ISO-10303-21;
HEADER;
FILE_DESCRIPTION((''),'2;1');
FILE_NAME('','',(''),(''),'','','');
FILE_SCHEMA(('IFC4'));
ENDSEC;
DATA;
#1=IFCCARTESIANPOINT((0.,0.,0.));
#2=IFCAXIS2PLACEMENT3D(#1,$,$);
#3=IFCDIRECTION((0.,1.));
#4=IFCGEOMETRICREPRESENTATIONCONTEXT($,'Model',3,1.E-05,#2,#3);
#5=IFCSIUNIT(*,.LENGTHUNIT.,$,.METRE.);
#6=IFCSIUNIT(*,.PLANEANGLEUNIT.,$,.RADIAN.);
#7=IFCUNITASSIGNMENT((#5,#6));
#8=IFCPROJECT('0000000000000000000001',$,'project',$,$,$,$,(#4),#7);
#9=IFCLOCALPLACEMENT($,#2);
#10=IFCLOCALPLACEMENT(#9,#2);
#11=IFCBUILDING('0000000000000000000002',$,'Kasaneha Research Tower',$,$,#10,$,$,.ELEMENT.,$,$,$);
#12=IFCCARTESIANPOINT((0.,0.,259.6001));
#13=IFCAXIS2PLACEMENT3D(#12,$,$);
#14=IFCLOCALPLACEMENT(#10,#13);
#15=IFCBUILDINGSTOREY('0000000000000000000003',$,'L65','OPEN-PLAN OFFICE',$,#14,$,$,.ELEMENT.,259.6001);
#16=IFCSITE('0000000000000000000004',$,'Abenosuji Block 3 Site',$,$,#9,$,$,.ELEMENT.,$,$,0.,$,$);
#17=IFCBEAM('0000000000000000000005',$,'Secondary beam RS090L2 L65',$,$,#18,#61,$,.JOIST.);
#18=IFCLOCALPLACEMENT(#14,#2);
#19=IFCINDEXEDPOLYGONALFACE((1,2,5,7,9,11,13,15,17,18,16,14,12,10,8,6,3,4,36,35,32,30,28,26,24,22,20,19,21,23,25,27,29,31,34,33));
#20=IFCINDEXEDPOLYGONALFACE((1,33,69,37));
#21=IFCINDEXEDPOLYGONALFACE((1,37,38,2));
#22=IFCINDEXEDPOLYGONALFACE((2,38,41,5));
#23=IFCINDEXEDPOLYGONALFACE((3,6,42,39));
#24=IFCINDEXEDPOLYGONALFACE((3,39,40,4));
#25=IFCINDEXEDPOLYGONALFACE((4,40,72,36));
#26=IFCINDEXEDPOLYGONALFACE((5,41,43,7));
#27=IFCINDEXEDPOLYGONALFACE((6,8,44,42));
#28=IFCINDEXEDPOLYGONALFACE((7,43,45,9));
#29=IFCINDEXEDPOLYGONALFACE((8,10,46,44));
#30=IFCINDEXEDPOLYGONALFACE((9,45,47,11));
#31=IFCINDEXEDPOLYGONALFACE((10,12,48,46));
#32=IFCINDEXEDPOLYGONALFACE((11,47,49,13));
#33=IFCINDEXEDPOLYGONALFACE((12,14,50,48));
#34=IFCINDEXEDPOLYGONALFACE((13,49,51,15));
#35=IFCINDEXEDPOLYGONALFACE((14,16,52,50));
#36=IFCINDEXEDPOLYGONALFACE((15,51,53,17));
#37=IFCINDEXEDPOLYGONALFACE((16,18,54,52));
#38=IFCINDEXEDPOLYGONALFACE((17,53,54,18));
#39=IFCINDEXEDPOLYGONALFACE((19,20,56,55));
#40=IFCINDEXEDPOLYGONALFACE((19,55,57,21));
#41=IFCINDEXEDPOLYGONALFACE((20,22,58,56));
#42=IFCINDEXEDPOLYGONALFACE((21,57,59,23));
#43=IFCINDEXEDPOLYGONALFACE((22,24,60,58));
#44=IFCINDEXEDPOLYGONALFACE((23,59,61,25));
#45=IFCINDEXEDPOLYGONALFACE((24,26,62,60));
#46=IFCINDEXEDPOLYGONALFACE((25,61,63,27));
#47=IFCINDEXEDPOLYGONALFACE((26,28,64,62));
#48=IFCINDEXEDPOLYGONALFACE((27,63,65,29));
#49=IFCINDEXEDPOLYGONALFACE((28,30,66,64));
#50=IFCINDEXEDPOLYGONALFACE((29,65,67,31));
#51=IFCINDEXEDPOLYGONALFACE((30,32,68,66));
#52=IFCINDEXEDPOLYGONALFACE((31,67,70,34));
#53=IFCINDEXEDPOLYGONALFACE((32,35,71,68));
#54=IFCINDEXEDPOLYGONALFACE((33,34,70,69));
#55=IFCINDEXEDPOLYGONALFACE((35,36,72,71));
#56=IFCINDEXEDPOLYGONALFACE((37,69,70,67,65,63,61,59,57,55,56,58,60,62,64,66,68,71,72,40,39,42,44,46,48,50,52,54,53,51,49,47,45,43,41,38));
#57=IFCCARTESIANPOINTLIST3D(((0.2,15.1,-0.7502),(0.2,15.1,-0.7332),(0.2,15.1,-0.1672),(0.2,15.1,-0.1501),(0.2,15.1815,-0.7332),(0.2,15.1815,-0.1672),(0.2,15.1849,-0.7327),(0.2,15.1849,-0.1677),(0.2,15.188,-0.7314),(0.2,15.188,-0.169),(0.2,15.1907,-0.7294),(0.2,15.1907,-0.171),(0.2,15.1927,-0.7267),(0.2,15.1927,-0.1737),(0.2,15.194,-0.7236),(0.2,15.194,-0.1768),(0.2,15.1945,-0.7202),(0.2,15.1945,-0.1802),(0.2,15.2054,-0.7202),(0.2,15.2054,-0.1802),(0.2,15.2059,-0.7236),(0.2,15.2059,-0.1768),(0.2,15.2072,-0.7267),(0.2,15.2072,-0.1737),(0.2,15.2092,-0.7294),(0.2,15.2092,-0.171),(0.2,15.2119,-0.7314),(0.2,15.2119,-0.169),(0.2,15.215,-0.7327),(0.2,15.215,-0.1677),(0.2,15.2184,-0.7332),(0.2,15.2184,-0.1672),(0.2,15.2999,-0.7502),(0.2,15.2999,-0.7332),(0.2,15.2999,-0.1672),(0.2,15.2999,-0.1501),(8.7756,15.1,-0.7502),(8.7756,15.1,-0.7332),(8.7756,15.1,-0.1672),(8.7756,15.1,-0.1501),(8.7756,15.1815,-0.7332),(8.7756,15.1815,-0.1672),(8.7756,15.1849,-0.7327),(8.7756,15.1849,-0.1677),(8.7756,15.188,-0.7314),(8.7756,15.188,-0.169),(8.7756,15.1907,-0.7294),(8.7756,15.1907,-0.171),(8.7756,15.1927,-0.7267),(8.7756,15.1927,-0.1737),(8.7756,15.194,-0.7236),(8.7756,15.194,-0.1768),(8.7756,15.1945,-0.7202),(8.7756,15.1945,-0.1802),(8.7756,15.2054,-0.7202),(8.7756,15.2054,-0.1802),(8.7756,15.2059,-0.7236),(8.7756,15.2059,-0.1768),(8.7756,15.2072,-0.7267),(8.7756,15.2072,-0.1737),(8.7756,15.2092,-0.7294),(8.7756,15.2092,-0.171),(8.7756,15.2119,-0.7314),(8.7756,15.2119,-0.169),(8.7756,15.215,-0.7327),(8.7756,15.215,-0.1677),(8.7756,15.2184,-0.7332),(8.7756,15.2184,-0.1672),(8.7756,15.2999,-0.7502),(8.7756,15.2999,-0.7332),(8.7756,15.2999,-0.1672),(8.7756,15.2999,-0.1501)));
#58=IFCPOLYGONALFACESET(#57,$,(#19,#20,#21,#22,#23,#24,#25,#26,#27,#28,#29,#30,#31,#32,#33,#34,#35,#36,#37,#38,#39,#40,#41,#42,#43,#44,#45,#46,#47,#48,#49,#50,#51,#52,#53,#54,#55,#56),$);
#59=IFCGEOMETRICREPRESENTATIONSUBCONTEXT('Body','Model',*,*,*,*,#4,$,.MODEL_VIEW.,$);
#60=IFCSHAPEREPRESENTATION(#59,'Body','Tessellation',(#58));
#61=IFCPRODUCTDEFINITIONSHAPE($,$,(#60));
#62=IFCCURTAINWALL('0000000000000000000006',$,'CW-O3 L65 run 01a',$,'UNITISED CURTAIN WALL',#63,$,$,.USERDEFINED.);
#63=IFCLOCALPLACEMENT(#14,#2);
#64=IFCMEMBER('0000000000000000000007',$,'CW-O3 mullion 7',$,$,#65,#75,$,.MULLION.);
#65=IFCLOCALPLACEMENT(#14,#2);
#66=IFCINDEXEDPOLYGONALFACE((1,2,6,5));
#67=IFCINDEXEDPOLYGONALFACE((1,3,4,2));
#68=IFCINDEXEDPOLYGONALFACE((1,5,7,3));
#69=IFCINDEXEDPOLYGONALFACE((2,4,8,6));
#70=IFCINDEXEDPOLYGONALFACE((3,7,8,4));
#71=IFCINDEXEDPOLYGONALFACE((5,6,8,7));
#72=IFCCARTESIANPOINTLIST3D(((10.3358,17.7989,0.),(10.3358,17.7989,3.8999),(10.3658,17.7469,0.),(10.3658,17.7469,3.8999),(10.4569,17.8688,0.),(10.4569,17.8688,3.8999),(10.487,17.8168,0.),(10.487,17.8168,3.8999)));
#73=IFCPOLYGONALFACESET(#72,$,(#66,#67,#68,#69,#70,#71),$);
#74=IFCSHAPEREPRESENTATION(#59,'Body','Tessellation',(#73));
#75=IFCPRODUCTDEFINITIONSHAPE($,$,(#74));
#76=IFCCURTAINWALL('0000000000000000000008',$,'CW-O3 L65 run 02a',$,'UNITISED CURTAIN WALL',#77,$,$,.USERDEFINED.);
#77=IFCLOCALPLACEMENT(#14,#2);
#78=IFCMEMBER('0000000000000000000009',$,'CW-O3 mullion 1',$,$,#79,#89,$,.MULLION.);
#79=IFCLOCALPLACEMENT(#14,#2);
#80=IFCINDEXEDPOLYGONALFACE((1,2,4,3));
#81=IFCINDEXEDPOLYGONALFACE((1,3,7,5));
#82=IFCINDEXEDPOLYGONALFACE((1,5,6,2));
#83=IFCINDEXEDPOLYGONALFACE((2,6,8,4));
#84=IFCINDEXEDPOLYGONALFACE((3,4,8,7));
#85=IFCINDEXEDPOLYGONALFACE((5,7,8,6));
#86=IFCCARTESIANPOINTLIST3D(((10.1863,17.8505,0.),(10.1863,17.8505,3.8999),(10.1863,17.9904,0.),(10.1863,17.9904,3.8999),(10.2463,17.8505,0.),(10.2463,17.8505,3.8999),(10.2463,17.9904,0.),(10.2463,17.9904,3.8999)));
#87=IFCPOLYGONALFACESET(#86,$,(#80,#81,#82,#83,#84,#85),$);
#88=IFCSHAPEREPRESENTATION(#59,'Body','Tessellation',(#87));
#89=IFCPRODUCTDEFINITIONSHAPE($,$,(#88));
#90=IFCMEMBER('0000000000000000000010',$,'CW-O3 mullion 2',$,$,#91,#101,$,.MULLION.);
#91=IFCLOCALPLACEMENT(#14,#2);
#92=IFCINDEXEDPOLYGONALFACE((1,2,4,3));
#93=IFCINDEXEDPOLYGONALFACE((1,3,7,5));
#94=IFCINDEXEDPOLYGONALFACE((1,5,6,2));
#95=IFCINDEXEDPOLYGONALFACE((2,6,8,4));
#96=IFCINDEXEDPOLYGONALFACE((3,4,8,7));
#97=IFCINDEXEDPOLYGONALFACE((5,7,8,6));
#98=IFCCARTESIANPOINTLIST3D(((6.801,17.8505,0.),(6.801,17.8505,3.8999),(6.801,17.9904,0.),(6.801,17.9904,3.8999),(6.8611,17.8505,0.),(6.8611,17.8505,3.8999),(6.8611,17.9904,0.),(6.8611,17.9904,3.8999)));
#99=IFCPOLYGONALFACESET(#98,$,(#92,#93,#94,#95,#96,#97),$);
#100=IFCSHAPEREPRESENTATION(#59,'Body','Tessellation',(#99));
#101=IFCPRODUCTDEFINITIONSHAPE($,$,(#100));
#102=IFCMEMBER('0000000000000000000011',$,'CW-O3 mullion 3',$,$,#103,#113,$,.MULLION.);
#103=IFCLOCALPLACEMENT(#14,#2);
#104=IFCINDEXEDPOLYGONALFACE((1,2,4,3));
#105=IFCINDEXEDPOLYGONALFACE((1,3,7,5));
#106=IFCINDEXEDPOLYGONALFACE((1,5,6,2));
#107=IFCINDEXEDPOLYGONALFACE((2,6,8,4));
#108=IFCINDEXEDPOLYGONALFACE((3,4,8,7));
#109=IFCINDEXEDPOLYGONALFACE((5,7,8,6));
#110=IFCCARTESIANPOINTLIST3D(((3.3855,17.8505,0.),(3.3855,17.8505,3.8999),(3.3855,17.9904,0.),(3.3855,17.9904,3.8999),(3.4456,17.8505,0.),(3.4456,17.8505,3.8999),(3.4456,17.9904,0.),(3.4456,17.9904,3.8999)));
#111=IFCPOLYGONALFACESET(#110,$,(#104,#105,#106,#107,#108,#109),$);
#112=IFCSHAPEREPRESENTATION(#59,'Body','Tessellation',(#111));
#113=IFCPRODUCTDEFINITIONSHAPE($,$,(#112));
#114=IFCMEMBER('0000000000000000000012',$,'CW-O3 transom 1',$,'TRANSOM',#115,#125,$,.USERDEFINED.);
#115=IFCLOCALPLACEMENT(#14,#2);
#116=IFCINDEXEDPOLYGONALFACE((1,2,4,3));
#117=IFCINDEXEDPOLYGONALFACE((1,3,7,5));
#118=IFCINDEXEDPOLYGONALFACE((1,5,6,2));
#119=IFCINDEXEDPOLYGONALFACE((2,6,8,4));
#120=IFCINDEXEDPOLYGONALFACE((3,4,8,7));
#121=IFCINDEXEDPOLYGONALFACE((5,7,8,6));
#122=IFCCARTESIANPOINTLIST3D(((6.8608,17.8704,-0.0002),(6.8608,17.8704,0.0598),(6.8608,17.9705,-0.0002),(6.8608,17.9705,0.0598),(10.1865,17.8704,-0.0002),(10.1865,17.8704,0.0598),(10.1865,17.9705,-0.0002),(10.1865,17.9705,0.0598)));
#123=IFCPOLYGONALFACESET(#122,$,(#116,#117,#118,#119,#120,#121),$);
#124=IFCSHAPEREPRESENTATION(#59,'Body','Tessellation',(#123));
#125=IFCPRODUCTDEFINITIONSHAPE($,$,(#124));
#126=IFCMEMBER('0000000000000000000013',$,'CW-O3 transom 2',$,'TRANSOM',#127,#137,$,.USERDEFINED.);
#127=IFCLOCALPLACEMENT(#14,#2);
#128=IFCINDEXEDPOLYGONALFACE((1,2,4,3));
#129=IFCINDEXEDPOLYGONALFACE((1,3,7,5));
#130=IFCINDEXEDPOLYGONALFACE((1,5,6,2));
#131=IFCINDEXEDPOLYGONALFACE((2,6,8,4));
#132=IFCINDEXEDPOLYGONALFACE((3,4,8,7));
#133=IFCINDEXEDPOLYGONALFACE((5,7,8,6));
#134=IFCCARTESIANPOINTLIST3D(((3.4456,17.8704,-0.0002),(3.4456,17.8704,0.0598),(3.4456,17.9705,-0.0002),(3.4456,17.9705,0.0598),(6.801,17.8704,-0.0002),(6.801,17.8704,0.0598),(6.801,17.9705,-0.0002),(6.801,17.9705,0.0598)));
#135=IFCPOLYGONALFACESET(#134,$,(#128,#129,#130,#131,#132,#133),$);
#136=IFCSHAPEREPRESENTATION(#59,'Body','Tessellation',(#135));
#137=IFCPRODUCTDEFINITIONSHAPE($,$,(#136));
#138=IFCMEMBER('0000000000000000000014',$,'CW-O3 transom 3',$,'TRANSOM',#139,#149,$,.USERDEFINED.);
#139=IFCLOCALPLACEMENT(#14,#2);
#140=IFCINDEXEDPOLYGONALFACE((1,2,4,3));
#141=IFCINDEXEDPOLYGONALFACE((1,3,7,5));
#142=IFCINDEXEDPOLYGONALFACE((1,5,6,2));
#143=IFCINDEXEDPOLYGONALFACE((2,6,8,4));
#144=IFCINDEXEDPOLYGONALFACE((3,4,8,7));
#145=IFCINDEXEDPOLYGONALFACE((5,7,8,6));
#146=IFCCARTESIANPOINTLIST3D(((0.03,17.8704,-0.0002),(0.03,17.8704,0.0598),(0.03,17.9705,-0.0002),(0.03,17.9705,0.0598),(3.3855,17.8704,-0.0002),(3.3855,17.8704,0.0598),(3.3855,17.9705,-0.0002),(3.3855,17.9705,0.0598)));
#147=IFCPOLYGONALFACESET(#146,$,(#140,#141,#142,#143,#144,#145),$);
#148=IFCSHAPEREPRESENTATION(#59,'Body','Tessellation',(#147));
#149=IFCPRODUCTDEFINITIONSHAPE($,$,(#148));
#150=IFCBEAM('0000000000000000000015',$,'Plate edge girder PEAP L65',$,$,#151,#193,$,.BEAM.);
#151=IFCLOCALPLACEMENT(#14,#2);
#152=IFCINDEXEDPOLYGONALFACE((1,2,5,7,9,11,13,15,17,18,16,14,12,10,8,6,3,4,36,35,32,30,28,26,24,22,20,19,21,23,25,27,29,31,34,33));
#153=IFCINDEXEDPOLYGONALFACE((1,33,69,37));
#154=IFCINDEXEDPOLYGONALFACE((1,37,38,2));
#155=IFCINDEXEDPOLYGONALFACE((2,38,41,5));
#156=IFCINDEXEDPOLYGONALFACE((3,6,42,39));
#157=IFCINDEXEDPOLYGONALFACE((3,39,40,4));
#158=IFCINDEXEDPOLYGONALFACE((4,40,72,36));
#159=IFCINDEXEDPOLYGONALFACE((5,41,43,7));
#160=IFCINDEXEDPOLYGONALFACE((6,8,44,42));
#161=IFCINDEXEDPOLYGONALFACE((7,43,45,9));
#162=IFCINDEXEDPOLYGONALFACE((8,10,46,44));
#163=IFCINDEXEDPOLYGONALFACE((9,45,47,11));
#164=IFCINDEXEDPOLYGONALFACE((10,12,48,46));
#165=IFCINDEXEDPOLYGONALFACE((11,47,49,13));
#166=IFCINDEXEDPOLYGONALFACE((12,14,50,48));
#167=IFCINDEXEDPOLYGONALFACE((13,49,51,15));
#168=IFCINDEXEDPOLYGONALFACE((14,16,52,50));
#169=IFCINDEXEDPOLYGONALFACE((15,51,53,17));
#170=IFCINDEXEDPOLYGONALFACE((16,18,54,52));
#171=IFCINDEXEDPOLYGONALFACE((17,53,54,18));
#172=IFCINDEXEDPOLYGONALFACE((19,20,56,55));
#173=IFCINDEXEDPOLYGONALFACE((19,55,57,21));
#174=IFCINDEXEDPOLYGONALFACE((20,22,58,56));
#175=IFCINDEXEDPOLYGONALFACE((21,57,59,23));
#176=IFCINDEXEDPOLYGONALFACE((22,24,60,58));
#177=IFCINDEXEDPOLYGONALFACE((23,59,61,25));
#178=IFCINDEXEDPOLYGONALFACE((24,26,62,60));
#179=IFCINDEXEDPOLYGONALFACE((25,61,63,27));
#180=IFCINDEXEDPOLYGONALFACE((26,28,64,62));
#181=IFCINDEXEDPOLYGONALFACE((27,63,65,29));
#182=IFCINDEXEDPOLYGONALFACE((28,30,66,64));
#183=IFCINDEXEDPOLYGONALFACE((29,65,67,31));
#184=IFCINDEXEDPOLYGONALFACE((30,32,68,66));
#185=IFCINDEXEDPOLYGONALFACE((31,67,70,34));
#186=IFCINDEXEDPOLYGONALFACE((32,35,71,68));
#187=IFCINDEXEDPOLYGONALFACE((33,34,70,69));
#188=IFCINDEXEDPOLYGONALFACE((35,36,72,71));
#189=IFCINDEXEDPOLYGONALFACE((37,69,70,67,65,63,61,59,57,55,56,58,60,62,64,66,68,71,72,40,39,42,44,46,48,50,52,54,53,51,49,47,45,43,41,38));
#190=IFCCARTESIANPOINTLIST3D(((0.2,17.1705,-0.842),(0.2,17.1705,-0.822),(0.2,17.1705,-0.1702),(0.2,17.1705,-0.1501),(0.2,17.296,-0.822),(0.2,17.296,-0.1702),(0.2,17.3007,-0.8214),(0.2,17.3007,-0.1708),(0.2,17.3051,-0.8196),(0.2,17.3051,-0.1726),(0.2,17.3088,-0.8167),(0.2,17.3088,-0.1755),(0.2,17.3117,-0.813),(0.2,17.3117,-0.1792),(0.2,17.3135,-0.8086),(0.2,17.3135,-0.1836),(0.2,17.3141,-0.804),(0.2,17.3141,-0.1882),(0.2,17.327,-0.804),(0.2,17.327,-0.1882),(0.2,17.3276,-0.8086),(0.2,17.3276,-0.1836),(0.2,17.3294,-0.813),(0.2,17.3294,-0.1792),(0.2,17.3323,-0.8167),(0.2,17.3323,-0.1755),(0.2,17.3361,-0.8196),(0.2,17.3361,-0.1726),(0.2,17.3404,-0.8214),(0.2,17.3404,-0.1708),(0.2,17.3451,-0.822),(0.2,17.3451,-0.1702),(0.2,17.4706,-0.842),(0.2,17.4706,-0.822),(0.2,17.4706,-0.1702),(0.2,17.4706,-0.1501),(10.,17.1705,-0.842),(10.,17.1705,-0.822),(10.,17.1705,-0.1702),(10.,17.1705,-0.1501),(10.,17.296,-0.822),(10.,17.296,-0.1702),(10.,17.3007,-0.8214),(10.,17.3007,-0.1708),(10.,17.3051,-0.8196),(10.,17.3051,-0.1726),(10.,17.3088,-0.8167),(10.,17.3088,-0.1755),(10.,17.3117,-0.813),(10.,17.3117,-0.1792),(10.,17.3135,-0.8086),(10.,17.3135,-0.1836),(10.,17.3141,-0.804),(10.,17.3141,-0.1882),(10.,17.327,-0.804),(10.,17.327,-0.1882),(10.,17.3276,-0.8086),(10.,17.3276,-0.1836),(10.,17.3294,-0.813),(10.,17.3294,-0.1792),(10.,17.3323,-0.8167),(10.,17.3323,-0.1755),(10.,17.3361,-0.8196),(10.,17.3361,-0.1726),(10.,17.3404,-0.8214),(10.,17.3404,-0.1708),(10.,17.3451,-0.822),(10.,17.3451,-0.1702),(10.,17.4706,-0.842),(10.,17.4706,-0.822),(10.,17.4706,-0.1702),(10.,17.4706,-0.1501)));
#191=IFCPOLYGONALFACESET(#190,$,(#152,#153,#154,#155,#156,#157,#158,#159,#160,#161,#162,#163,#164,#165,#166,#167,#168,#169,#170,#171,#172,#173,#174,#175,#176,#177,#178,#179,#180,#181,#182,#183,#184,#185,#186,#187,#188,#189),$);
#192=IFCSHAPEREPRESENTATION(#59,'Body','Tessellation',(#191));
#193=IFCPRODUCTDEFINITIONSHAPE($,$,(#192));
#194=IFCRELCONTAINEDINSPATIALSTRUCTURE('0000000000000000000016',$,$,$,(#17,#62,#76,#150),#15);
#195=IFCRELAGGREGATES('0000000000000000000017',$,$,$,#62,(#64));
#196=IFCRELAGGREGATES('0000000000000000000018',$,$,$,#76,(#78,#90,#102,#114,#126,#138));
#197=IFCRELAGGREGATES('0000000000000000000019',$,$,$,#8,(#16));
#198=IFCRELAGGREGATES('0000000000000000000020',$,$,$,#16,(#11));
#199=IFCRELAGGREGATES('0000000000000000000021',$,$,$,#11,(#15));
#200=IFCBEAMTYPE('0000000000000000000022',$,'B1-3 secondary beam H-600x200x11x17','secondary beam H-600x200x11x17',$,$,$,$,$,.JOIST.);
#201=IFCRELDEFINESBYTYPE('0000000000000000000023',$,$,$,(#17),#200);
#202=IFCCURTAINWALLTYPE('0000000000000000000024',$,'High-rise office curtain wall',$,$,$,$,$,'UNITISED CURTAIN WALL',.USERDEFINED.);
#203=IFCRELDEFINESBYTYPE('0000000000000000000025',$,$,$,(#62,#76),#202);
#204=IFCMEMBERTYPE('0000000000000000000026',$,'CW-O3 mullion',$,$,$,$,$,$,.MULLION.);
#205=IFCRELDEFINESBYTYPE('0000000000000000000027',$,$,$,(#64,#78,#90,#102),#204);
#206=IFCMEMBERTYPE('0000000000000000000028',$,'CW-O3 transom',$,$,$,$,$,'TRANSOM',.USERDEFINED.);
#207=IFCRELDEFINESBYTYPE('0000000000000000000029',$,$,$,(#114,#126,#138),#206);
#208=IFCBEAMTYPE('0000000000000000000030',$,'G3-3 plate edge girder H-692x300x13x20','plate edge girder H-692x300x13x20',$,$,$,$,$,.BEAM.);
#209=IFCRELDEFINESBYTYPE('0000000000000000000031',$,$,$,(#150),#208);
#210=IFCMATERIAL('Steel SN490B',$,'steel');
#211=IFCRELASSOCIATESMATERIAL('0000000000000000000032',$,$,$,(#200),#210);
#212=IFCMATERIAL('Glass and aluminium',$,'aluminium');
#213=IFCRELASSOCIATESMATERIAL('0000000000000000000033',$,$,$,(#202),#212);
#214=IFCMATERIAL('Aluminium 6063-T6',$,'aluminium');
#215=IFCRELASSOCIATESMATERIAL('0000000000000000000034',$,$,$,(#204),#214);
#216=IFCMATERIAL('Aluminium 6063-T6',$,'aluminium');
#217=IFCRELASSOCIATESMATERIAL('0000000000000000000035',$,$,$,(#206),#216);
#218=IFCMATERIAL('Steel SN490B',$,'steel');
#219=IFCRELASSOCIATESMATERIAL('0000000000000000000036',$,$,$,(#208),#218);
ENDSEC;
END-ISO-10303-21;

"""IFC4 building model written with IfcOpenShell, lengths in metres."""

from ifc_helpers import new_model, si_unit, direction, frame, origin, origin_2d, place, context, subcontext, project, spatial, rectangle, i_section, extrude, material, material_profile, profile_set, type_object, element, aggregate, save


model = new_model("IFC4")

# Units and contexts
model_context = context("Model", 3, precision=1e-05, world=origin(), true_north=direction((0.0, 1.0)))
body_context = subcontext(model_context, "Body", "Model", "MODEL_VIEW")
ifc_project = project(units=[si_unit("LENGTHUNIT", "METRE"), si_unit("PLANEANGLEUNIT", "RADIAN")], contexts=[model_context])

# Site, building, storey
site_placement = place(None, origin())
site = spatial("IfcSite", under=ifc_project, at=site_placement, Name="Abenosuji Block 3 Site", CompositionType="ELEMENT", RefElevation=0.0)
building_placement = place(site_placement, origin())
building = spatial("IfcBuilding", under=site, at=building_placement, Name="Kasaneha Research Tower", CompositionType="ELEMENT")
storey_placement = place(building_placement, frame((0.0, 0.0, 259.6001)))
storey = spatial("IfcBuildingStorey", under=building, at=storey_placement, Name="L65", Description="OPEN-PLAN OFFICE", CompositionType="ELEMENT", Elevation=259.6001)

# Beam
ifc_material_1 = material(Name="Steel SN490B", Category="steel")
ifc_material_profile_1 = material_profile(ifc_material_1, i_section(OverallWidth=0.2, OverallDepth=0.6001, WebThickness=0.011, FlangeThickness=0.0171, FilletRadius=0.0129, at=origin_2d()), Name="H-600x200x11x17")
ifc_profile_set_1 = profile_set([ifc_material_profile_1], Name="Steel SN490B")
beam_type_1 = type_object("IfcBeamType", Name="B1-3 secondary beam H-600x200x11x17", Description="secondary beam H-600x200x11x17", PredefinedType="JOIST", material=ifc_profile_set_1)
beam_1_placement = place(storey_placement, frame((8.7756, 15.2, -0.4502), z_axis=(-1.0, 0.0, 0.0), x_axis=(0.0, -1.0, 0.0)))
element("IfcBeam", 1, at=beam_1_placement, inside=storey, type_object=beam_type_1, Name="Secondary beam RS090L2 L65", PredefinedType="JOIST", context=body_context, shape_type="SweptSolid", body=[
    extrude(i_section(OverallWidth=0.2, OverallDepth=0.6001, WebThickness=0.011, FlangeThickness=0.0171, FilletRadius=0.0129, at=origin_2d()), origin(), (0.0, 0.0, 1.0), 8.5757),
])

# Curtain wall, member
ifc_material_2 = material(Name="Glass and aluminium", Category="aluminium")
curtain_wall_type = type_object("IfcCurtainWallType", Name="High-rise office curtain wall", ElementType="UNITISED CURTAIN WALL", PredefinedType="USERDEFINED", material=ifc_material_2)
curtain_wall_1_placement = place(storey_placement, origin())
curtain_wall_1 = element("IfcCurtainWall", 2, at=curtain_wall_1_placement, inside=storey, type_object=curtain_wall_type, Name="CW-O3 L65 run 01a", ObjectType="UNITISED CURTAIN WALL", PredefinedType="USERDEFINED")
ifc_material_3 = material(Name="Aluminium 6063-T6", Category="aluminium")
ifc_material_profile_2 = material_profile(ifc_material_3, rectangle(XDim=0.0601, YDim=0.1399, at=origin_2d()), Name="CW-O3 mullion 60x140")
ifc_profile_set_2 = profile_set([ifc_material_profile_2], Name="Aluminium 6063-T6")
member_type_1 = type_object("IfcMemberType", Name="CW-O3 mullion", PredefinedType="MULLION", material=ifc_profile_set_2)
member_1_placement = place(storey_placement, frame((10.4114, 17.8079, 0.0), z_axis=(0.0, 0.0, 1.0), x_axis=(-0.5, 0.866025, 0.0)))
member_1 = element("IfcMember", 3, at=member_1_placement, type_object=member_type_1, Name="CW-O3 mullion 7", PredefinedType="MULLION", context=body_context, shape_type="SweptSolid", body=[
    extrude(rectangle(XDim=0.0601, YDim=0.1399, at=origin_2d()), origin(), (0.0, 0.0, 1.0), 3.8999),
])

# Curtain wall, members
curtain_wall_2_placement = place(storey_placement, origin())
curtain_wall_2 = element("IfcCurtainWall", 4, at=curtain_wall_2_placement, inside=storey, type_object=curtain_wall_type, Name="CW-O3 L65 run 02a", ObjectType="UNITISED CURTAIN WALL", PredefinedType="USERDEFINED")
member_2_placement = place(storey_placement, frame((10.2163, 17.9204, 0.0), z_axis=(0.0, 0.0, 1.0), x_axis=(-1.0, 0.0, 0.0)))
member_2 = element("IfcMember", 5, at=member_2_placement, type_object=member_type_1, Name="CW-O3 mullion 1", PredefinedType="MULLION", context=body_context, shape_type="SweptSolid", body=[
    extrude(rectangle(XDim=0.0601, YDim=0.1399, at=origin_2d()), origin(), (0.0, 0.0, 1.0), 3.8999),
])
member_3_placement = place(storey_placement, frame((6.8311, 17.9204, 0.0), z_axis=(0.0, 0.0, 1.0), x_axis=(-1.0, 0.0, 0.0)))
member_3 = element("IfcMember", 6, at=member_3_placement, type_object=member_type_1, Name="CW-O3 mullion 2", PredefinedType="MULLION", context=body_context, shape_type="SweptSolid", body=[
    extrude(rectangle(XDim=0.0601, YDim=0.1399, at=origin_2d()), origin(), (0.0, 0.0, 1.0), 3.8999),
])
member_4_placement = place(storey_placement, frame((3.4155, 17.9204, 0.0), z_axis=(0.0, 0.0, 1.0), x_axis=(-1.0, 0.0, 0.0)))
member_4 = element("IfcMember", 7, at=member_4_placement, type_object=member_type_1, Name="CW-O3 mullion 3", PredefinedType="MULLION", context=body_context, shape_type="SweptSolid", body=[
    extrude(rectangle(XDim=0.0601, YDim=0.1399, at=origin_2d()), origin(), (0.0, 0.0, 1.0), 3.8999),
])
ifc_material_4 = material(Name="Aluminium 6063-T6", Category="aluminium")
ifc_material_profile_3 = material_profile(ifc_material_4, rectangle(XDim=0.1001, YDim=0.0601, at=origin_2d()), Name="CW-O3 transom 100x60")
ifc_profile_set_3 = profile_set([ifc_material_profile_3], Name="Aluminium 6063-T6")
member_type_2 = type_object("IfcMemberType", Name="CW-O3 transom", ElementType="TRANSOM", PredefinedType="USERDEFINED", material=ifc_profile_set_3)
member_5_placement = place(storey_placement, frame((10.1865, 17.9204, 0.0298), z_axis=(-1.0, 0.0, 0.0), x_axis=(0.0, -1.0, 0.0)))
member_5 = element("IfcMember", 8, at=member_5_placement, type_object=member_type_2, Name="CW-O3 transom 1", ObjectType="TRANSOM", PredefinedType="USERDEFINED", context=body_context, shape_type="SweptSolid", body=[
    extrude(rectangle(XDim=0.1001, YDim=0.0601, at=origin_2d()), origin(), (0.0, 0.0, 1.0), 3.3257),
])
member_6_placement = place(storey_placement, frame((6.801, 17.9204, 0.0298), z_axis=(-1.0, 0.0, 0.0), x_axis=(0.0, -1.0, 0.0)))
member_6 = element("IfcMember", 9, at=member_6_placement, type_object=member_type_2, Name="CW-O3 transom 2", ObjectType="TRANSOM", PredefinedType="USERDEFINED", context=body_context, shape_type="SweptSolid", body=[
    extrude(rectangle(XDim=0.1001, YDim=0.0601, at=origin_2d()), origin(), (0.0, 0.0, 1.0), 3.3555),
])
member_7_placement = place(storey_placement, frame((3.3855, 17.9204, 0.0298), z_axis=(-1.0, 0.0, 0.0), x_axis=(0.0, -1.0, 0.0)))
member_7 = element("IfcMember", 10, at=member_7_placement, type_object=member_type_2, Name="CW-O3 transom 3", ObjectType="TRANSOM", PredefinedType="USERDEFINED", context=body_context, shape_type="SweptSolid", body=[
    extrude(rectangle(XDim=0.1001, YDim=0.0601, at=origin_2d()), origin(), (0.0, 0.0, 1.0), 3.3555),
])

# Beam
ifc_material_5 = material(Name="Steel SN490B", Category="steel")
ifc_material_profile_4 = material_profile(ifc_material_5, i_section(OverallWidth=0.3, OverallDepth=0.6919, WebThickness=0.0129, FlangeThickness=0.02, FilletRadius=0.0181, at=origin_2d()), Name="H-692x300x13x20")
ifc_profile_set_4 = profile_set([ifc_material_profile_4], Name="Steel SN490B")
beam_type_2 = type_object("IfcBeamType", Name="G3-3 plate edge girder H-692x300x13x20", Description="plate edge girder H-692x300x13x20", PredefinedType="BEAM", material=ifc_profile_set_4)
beam_2_placement = place(storey_placement, frame((10.0, 17.3206, -0.4961), z_axis=(-1.0, 0.0, 0.0), x_axis=(0.0, -1.0, 0.0)))
element("IfcBeam", 11, at=beam_2_placement, inside=storey, type_object=beam_type_2, Name="Plate edge girder PEAP L65", PredefinedType="BEAM", context=body_context, shape_type="SweptSolid", body=[
    extrude(i_section(OverallWidth=0.3, OverallDepth=0.6919, WebThickness=0.0129, FlangeThickness=0.02, FilletRadius=0.0181, at=origin_2d()), origin(), (0.0, 0.0, 1.0), 9.8),
])

aggregate(curtain_wall_1, [member_1])
aggregate(curtain_wall_2, [member_2, member_3, member_4, member_5, member_6, member_7])

save(model, "model.ifc")
